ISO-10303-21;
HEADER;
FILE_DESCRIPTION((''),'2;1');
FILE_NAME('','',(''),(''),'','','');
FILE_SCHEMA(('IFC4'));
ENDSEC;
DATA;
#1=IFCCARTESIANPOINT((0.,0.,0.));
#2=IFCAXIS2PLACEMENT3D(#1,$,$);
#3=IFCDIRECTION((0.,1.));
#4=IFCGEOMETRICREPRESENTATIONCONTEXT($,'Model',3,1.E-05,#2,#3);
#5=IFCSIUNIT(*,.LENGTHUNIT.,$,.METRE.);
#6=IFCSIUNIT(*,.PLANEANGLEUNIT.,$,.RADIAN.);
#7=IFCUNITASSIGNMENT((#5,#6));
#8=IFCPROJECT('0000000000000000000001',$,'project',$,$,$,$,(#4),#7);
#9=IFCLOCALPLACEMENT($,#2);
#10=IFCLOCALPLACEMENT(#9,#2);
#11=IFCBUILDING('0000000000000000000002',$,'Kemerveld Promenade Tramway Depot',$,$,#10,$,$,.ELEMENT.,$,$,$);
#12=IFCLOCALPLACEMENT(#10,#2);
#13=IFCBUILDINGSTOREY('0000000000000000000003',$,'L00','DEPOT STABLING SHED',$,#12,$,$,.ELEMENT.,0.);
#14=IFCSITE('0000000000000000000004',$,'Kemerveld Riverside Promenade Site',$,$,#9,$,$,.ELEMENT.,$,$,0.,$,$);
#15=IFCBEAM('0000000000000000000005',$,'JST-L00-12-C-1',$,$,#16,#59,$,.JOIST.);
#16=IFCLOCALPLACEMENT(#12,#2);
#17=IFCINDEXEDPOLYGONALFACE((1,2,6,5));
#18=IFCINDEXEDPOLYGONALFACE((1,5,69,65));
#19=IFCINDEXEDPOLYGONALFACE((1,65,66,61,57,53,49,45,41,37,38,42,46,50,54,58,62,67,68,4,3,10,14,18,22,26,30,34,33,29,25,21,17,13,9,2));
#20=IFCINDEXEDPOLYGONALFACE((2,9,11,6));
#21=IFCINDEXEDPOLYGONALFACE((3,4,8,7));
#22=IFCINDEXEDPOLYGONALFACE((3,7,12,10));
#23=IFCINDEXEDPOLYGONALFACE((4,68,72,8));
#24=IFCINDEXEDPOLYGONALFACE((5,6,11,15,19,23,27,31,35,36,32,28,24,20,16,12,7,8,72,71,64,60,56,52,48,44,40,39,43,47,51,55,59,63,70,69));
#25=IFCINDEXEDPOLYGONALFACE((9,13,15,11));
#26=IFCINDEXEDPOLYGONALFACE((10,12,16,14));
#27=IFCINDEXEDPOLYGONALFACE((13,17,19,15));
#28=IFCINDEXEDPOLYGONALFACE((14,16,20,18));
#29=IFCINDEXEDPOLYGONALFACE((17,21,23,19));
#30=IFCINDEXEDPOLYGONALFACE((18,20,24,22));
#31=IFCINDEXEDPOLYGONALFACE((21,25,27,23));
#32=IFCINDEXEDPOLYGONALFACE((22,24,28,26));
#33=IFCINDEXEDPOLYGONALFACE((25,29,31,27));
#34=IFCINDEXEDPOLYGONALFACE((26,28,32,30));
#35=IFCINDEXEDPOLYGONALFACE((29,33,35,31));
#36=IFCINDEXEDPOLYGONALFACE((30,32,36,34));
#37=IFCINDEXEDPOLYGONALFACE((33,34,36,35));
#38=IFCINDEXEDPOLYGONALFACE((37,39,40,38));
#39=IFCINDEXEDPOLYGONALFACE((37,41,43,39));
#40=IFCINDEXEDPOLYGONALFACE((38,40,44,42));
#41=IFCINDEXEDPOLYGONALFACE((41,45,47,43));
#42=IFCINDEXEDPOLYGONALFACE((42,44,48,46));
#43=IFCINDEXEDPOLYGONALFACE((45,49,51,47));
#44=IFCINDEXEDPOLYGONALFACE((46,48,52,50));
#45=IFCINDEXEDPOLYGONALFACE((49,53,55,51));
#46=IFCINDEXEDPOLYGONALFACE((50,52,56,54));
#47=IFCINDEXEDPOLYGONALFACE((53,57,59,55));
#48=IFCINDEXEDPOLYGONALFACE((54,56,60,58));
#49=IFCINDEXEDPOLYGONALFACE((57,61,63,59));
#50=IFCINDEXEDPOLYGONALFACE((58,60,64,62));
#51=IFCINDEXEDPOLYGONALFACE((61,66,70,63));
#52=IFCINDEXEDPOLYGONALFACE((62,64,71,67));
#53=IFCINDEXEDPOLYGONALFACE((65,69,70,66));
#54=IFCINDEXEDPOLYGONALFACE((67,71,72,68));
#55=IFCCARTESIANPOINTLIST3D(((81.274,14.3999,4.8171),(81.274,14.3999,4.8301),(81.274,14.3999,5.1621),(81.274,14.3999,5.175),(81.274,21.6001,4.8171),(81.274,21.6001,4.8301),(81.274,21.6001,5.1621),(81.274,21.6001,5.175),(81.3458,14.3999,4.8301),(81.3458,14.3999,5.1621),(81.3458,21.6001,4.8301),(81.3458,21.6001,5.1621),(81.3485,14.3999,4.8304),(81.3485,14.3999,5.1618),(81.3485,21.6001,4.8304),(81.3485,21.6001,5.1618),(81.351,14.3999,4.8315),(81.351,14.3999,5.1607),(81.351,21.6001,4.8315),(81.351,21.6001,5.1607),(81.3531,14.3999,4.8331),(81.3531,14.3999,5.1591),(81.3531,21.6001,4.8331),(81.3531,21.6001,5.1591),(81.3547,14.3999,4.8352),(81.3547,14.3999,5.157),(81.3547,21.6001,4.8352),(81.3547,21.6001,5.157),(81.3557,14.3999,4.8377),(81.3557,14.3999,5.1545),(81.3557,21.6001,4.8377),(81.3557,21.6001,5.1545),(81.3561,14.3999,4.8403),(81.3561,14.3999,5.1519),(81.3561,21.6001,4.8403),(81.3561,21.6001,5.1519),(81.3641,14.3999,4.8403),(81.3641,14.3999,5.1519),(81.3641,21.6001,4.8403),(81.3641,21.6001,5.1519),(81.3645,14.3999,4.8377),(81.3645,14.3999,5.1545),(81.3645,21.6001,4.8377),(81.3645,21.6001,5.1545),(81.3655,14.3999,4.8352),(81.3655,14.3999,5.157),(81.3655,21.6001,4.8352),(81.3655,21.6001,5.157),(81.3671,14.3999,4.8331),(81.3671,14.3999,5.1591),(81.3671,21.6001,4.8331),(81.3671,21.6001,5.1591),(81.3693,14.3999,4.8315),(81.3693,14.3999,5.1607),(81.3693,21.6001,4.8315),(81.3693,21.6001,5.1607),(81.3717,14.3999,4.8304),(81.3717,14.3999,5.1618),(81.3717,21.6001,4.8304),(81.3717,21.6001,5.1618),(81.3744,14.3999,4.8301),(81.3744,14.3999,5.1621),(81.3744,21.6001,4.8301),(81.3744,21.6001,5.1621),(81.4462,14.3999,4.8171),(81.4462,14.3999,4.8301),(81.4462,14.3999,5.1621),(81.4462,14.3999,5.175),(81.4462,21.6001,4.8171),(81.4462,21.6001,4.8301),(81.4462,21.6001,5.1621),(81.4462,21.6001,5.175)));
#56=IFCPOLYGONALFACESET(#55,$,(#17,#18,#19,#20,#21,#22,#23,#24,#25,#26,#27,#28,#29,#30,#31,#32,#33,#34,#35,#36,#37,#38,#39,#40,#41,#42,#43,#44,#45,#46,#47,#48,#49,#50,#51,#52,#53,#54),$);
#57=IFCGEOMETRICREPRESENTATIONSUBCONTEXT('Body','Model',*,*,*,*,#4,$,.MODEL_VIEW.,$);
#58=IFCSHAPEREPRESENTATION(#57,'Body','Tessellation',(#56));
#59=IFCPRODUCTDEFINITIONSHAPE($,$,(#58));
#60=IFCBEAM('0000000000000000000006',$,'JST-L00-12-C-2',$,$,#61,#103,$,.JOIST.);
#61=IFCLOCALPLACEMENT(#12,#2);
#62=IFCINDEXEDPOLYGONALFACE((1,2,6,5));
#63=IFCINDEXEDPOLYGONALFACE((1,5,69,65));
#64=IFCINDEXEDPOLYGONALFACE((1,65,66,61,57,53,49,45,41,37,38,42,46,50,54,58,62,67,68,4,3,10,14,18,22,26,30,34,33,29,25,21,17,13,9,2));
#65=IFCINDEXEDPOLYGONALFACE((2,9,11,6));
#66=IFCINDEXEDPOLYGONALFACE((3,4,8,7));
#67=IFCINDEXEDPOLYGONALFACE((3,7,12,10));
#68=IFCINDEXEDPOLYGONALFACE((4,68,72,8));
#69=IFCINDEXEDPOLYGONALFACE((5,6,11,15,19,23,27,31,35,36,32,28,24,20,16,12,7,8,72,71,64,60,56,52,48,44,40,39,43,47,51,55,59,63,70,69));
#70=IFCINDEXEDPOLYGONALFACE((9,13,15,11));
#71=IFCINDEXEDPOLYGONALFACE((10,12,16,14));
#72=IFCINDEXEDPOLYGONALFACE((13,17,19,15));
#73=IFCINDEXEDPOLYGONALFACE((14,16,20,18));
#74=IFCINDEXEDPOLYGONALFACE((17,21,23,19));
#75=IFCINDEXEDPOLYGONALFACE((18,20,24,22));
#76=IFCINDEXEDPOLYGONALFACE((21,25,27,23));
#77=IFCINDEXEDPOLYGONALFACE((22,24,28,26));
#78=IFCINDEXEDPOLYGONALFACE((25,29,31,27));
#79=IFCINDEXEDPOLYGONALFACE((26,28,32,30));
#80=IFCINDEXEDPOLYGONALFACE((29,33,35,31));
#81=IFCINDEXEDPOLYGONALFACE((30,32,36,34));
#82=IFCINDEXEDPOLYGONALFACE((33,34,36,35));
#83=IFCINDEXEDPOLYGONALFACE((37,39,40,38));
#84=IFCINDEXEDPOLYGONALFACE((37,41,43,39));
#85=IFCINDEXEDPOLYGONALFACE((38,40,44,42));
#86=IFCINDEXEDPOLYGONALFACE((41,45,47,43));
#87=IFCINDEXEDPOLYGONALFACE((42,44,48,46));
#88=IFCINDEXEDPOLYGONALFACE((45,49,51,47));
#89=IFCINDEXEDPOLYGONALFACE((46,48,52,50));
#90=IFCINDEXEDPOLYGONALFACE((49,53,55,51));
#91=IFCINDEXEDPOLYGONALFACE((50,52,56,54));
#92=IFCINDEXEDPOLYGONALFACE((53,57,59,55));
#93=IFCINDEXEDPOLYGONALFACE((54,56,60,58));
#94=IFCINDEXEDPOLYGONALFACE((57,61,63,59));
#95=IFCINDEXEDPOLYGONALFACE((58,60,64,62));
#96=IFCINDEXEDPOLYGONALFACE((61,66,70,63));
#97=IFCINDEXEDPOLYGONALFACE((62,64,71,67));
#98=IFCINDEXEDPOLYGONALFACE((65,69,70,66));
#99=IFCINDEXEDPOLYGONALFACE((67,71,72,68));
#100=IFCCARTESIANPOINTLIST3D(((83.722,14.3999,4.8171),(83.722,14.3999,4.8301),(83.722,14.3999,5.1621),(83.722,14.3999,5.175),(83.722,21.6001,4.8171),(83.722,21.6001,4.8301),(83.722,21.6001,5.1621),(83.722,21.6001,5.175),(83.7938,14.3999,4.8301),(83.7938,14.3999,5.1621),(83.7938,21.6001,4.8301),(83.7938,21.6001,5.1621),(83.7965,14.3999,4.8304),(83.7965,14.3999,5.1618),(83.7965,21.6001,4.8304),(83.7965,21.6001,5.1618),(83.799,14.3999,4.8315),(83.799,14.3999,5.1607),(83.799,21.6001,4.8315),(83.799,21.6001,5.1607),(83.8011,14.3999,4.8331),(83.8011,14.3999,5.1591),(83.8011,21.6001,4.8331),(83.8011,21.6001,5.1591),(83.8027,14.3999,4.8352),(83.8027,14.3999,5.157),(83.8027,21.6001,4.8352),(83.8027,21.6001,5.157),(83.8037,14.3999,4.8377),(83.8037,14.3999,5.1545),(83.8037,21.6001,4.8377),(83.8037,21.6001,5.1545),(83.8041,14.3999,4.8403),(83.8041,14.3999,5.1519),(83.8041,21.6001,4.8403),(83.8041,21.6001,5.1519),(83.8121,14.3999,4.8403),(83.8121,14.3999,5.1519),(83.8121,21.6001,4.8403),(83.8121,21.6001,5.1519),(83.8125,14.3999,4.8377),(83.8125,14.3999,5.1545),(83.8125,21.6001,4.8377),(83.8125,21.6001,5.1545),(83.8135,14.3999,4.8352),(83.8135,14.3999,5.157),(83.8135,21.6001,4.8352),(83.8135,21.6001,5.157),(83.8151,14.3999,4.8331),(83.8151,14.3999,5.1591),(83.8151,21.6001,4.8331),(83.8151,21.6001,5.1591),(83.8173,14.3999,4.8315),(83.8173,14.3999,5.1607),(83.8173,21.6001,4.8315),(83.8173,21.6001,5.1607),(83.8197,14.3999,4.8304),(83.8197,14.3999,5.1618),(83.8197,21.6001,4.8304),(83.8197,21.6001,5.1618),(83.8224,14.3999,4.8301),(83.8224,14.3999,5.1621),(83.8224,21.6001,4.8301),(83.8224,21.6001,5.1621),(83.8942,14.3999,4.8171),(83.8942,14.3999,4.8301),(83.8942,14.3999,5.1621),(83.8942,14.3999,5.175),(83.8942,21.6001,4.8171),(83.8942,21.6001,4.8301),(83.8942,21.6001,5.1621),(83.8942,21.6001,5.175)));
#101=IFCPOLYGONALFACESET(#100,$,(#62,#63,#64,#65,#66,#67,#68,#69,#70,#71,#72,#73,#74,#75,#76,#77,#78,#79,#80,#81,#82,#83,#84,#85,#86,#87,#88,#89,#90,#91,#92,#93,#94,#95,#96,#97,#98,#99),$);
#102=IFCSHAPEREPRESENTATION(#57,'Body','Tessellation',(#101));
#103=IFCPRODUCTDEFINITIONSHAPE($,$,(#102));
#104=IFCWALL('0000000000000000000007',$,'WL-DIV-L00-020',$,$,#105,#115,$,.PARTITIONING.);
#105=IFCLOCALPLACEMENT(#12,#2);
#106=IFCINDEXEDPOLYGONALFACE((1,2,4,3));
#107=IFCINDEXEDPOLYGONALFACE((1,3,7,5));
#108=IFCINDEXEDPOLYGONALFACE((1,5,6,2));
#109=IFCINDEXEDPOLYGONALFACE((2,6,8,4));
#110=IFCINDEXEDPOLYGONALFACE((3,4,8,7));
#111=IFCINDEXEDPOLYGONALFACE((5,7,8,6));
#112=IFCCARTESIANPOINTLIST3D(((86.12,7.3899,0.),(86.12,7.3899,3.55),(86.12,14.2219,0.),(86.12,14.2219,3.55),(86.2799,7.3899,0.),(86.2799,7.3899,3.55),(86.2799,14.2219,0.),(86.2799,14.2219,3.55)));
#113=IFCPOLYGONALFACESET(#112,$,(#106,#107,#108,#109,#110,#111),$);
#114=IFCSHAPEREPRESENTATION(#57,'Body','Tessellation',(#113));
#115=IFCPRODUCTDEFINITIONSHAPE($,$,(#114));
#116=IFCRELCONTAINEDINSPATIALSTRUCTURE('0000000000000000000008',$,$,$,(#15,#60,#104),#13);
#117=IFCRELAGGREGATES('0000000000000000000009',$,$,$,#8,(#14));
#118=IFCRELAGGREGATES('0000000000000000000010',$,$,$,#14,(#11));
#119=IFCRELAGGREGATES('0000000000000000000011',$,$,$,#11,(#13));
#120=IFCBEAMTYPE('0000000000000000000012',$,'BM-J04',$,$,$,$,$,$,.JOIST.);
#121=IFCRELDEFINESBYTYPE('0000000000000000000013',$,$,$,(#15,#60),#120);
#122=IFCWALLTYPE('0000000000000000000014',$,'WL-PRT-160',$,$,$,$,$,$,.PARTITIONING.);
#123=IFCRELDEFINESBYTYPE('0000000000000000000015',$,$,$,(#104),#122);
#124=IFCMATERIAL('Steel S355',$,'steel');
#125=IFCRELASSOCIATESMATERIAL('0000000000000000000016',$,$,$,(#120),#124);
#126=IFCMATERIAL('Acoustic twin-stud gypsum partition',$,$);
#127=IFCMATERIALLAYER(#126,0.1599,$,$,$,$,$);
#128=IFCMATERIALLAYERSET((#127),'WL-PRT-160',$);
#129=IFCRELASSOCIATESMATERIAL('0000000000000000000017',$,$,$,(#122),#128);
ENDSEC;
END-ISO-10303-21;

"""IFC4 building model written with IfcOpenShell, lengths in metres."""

from ifc_helpers import new_model, si_unit, direction, frame, frame_2d, origin, origin_2d, place, context, subcontext, project, spatial, rectangle, i_section, extrude, material, layer, layer_set, material_profile, profile_set, type_object, element, save


model = new_model("IFC4")

# Units and contexts
model_context = context("Model", 3, precision=1e-05, world=origin(), true_north=direction((0.0, 1.0)))
body_context = subcontext(model_context, "Body", "Model", "MODEL_VIEW")
ifc_project = project(units=[si_unit("LENGTHUNIT", "METRE"), si_unit("PLANEANGLEUNIT", "RADIAN")], contexts=[model_context])

# Site, building, storey
site_placement = place(None, origin())
site = spatial("IfcSite", under=ifc_project, at=site_placement, Name="Kemerveld Riverside Promenade Site", CompositionType="ELEMENT", RefElevation=0.0)
building_placement = place(site_placement, origin())
building = spatial("IfcBuilding", under=site, at=building_placement, Name="Kemerveld Promenade Tramway Depot", CompositionType="ELEMENT")
storey_placement = place(building_placement, origin())
storey = spatial("IfcBuildingStorey", under=building, at=storey_placement, Name="L00", Description="DEPOT STABLING SHED", CompositionType="ELEMENT", Elevation=0.0)

# Shared definitions
ifc_material_1 = material(Name="Steel S355", Category="steel")

# Beams
ifc_material_profile_1 = material_profile(ifc_material_1, i_section(OverallWidth=0.1721, OverallDepth=0.3579, WebThickness=0.0081, FlangeThickness=0.0129, FilletRadius=0.0103, at=origin_2d()), Name="356x171x57 UB")
ifc_profile_set_1 = profile_set([ifc_material_profile_1], Name="Steel S355")
beam_type_1 = type_object("IfcBeamType", Name="BM-J04", PredefinedType="JOIST", material=ifc_profile_set_1)
for number, where, z_axis, x_axis, name in (
    (1, (81.3601, 14.3999, 4.9961), (0.0, 1.0, 0.0), (-1.0, 0.0, 0.0), "JST-L00-12-C-1"),
    (2, (83.8081, 14.3999, 4.9961), (0.0, 1.0, 0.0), (-1.0, 0.0, 0.0), "JST-L00-12-C-2"),
):
    element("IfcBeam", number, at=place(storey_placement, frame(where, z_axis=z_axis, x_axis=x_axis)), inside=storey, type_object=beam_type_1, Name=name, PredefinedType="JOIST", context=body_context, shape_type="SweptSolid", body=[
        extrude(i_section(OverallWidth=0.1721, OverallDepth=0.3579, WebThickness=0.0081, FlangeThickness=0.0129, FilletRadius=0.0103, at=origin_2d()), origin(), (0.0, 0.0, 1.0), 7.2002),
    ])

# Wall
ifc_material_2 = material(Name="Acoustic twin-stud gypsum partition")
ifc_layer = layer(ifc_material_2, 0.1599)
ifc_layer_set = layer_set([ifc_layer], Name="WL-PRT-160")
wall_type = type_object("IfcWallType", Name="WL-PRT-160", PredefinedType="PARTITIONING", material=ifc_layer_set)
wall_placement = place(storey_placement, frame((86.2, 7.3899, 0.0), z_axis=(0.0, 0.0, 1.0), x_axis=(0.0, 1.0, 0.0)))
element("IfcWall", 3, at=wall_placement, inside=storey, type_object=wall_type, Name="WL-DIV-L00-020", PredefinedType="PARTITIONING", context=body_context, shape_type="SweptSolid", body=[
    extrude(rectangle(XDim=6.832, YDim=0.1599, at=frame_2d((3.416, 0.0))), origin(), (0.0, 0.0, 1.0), 3.55),
])

save(model, "model.ifc")
